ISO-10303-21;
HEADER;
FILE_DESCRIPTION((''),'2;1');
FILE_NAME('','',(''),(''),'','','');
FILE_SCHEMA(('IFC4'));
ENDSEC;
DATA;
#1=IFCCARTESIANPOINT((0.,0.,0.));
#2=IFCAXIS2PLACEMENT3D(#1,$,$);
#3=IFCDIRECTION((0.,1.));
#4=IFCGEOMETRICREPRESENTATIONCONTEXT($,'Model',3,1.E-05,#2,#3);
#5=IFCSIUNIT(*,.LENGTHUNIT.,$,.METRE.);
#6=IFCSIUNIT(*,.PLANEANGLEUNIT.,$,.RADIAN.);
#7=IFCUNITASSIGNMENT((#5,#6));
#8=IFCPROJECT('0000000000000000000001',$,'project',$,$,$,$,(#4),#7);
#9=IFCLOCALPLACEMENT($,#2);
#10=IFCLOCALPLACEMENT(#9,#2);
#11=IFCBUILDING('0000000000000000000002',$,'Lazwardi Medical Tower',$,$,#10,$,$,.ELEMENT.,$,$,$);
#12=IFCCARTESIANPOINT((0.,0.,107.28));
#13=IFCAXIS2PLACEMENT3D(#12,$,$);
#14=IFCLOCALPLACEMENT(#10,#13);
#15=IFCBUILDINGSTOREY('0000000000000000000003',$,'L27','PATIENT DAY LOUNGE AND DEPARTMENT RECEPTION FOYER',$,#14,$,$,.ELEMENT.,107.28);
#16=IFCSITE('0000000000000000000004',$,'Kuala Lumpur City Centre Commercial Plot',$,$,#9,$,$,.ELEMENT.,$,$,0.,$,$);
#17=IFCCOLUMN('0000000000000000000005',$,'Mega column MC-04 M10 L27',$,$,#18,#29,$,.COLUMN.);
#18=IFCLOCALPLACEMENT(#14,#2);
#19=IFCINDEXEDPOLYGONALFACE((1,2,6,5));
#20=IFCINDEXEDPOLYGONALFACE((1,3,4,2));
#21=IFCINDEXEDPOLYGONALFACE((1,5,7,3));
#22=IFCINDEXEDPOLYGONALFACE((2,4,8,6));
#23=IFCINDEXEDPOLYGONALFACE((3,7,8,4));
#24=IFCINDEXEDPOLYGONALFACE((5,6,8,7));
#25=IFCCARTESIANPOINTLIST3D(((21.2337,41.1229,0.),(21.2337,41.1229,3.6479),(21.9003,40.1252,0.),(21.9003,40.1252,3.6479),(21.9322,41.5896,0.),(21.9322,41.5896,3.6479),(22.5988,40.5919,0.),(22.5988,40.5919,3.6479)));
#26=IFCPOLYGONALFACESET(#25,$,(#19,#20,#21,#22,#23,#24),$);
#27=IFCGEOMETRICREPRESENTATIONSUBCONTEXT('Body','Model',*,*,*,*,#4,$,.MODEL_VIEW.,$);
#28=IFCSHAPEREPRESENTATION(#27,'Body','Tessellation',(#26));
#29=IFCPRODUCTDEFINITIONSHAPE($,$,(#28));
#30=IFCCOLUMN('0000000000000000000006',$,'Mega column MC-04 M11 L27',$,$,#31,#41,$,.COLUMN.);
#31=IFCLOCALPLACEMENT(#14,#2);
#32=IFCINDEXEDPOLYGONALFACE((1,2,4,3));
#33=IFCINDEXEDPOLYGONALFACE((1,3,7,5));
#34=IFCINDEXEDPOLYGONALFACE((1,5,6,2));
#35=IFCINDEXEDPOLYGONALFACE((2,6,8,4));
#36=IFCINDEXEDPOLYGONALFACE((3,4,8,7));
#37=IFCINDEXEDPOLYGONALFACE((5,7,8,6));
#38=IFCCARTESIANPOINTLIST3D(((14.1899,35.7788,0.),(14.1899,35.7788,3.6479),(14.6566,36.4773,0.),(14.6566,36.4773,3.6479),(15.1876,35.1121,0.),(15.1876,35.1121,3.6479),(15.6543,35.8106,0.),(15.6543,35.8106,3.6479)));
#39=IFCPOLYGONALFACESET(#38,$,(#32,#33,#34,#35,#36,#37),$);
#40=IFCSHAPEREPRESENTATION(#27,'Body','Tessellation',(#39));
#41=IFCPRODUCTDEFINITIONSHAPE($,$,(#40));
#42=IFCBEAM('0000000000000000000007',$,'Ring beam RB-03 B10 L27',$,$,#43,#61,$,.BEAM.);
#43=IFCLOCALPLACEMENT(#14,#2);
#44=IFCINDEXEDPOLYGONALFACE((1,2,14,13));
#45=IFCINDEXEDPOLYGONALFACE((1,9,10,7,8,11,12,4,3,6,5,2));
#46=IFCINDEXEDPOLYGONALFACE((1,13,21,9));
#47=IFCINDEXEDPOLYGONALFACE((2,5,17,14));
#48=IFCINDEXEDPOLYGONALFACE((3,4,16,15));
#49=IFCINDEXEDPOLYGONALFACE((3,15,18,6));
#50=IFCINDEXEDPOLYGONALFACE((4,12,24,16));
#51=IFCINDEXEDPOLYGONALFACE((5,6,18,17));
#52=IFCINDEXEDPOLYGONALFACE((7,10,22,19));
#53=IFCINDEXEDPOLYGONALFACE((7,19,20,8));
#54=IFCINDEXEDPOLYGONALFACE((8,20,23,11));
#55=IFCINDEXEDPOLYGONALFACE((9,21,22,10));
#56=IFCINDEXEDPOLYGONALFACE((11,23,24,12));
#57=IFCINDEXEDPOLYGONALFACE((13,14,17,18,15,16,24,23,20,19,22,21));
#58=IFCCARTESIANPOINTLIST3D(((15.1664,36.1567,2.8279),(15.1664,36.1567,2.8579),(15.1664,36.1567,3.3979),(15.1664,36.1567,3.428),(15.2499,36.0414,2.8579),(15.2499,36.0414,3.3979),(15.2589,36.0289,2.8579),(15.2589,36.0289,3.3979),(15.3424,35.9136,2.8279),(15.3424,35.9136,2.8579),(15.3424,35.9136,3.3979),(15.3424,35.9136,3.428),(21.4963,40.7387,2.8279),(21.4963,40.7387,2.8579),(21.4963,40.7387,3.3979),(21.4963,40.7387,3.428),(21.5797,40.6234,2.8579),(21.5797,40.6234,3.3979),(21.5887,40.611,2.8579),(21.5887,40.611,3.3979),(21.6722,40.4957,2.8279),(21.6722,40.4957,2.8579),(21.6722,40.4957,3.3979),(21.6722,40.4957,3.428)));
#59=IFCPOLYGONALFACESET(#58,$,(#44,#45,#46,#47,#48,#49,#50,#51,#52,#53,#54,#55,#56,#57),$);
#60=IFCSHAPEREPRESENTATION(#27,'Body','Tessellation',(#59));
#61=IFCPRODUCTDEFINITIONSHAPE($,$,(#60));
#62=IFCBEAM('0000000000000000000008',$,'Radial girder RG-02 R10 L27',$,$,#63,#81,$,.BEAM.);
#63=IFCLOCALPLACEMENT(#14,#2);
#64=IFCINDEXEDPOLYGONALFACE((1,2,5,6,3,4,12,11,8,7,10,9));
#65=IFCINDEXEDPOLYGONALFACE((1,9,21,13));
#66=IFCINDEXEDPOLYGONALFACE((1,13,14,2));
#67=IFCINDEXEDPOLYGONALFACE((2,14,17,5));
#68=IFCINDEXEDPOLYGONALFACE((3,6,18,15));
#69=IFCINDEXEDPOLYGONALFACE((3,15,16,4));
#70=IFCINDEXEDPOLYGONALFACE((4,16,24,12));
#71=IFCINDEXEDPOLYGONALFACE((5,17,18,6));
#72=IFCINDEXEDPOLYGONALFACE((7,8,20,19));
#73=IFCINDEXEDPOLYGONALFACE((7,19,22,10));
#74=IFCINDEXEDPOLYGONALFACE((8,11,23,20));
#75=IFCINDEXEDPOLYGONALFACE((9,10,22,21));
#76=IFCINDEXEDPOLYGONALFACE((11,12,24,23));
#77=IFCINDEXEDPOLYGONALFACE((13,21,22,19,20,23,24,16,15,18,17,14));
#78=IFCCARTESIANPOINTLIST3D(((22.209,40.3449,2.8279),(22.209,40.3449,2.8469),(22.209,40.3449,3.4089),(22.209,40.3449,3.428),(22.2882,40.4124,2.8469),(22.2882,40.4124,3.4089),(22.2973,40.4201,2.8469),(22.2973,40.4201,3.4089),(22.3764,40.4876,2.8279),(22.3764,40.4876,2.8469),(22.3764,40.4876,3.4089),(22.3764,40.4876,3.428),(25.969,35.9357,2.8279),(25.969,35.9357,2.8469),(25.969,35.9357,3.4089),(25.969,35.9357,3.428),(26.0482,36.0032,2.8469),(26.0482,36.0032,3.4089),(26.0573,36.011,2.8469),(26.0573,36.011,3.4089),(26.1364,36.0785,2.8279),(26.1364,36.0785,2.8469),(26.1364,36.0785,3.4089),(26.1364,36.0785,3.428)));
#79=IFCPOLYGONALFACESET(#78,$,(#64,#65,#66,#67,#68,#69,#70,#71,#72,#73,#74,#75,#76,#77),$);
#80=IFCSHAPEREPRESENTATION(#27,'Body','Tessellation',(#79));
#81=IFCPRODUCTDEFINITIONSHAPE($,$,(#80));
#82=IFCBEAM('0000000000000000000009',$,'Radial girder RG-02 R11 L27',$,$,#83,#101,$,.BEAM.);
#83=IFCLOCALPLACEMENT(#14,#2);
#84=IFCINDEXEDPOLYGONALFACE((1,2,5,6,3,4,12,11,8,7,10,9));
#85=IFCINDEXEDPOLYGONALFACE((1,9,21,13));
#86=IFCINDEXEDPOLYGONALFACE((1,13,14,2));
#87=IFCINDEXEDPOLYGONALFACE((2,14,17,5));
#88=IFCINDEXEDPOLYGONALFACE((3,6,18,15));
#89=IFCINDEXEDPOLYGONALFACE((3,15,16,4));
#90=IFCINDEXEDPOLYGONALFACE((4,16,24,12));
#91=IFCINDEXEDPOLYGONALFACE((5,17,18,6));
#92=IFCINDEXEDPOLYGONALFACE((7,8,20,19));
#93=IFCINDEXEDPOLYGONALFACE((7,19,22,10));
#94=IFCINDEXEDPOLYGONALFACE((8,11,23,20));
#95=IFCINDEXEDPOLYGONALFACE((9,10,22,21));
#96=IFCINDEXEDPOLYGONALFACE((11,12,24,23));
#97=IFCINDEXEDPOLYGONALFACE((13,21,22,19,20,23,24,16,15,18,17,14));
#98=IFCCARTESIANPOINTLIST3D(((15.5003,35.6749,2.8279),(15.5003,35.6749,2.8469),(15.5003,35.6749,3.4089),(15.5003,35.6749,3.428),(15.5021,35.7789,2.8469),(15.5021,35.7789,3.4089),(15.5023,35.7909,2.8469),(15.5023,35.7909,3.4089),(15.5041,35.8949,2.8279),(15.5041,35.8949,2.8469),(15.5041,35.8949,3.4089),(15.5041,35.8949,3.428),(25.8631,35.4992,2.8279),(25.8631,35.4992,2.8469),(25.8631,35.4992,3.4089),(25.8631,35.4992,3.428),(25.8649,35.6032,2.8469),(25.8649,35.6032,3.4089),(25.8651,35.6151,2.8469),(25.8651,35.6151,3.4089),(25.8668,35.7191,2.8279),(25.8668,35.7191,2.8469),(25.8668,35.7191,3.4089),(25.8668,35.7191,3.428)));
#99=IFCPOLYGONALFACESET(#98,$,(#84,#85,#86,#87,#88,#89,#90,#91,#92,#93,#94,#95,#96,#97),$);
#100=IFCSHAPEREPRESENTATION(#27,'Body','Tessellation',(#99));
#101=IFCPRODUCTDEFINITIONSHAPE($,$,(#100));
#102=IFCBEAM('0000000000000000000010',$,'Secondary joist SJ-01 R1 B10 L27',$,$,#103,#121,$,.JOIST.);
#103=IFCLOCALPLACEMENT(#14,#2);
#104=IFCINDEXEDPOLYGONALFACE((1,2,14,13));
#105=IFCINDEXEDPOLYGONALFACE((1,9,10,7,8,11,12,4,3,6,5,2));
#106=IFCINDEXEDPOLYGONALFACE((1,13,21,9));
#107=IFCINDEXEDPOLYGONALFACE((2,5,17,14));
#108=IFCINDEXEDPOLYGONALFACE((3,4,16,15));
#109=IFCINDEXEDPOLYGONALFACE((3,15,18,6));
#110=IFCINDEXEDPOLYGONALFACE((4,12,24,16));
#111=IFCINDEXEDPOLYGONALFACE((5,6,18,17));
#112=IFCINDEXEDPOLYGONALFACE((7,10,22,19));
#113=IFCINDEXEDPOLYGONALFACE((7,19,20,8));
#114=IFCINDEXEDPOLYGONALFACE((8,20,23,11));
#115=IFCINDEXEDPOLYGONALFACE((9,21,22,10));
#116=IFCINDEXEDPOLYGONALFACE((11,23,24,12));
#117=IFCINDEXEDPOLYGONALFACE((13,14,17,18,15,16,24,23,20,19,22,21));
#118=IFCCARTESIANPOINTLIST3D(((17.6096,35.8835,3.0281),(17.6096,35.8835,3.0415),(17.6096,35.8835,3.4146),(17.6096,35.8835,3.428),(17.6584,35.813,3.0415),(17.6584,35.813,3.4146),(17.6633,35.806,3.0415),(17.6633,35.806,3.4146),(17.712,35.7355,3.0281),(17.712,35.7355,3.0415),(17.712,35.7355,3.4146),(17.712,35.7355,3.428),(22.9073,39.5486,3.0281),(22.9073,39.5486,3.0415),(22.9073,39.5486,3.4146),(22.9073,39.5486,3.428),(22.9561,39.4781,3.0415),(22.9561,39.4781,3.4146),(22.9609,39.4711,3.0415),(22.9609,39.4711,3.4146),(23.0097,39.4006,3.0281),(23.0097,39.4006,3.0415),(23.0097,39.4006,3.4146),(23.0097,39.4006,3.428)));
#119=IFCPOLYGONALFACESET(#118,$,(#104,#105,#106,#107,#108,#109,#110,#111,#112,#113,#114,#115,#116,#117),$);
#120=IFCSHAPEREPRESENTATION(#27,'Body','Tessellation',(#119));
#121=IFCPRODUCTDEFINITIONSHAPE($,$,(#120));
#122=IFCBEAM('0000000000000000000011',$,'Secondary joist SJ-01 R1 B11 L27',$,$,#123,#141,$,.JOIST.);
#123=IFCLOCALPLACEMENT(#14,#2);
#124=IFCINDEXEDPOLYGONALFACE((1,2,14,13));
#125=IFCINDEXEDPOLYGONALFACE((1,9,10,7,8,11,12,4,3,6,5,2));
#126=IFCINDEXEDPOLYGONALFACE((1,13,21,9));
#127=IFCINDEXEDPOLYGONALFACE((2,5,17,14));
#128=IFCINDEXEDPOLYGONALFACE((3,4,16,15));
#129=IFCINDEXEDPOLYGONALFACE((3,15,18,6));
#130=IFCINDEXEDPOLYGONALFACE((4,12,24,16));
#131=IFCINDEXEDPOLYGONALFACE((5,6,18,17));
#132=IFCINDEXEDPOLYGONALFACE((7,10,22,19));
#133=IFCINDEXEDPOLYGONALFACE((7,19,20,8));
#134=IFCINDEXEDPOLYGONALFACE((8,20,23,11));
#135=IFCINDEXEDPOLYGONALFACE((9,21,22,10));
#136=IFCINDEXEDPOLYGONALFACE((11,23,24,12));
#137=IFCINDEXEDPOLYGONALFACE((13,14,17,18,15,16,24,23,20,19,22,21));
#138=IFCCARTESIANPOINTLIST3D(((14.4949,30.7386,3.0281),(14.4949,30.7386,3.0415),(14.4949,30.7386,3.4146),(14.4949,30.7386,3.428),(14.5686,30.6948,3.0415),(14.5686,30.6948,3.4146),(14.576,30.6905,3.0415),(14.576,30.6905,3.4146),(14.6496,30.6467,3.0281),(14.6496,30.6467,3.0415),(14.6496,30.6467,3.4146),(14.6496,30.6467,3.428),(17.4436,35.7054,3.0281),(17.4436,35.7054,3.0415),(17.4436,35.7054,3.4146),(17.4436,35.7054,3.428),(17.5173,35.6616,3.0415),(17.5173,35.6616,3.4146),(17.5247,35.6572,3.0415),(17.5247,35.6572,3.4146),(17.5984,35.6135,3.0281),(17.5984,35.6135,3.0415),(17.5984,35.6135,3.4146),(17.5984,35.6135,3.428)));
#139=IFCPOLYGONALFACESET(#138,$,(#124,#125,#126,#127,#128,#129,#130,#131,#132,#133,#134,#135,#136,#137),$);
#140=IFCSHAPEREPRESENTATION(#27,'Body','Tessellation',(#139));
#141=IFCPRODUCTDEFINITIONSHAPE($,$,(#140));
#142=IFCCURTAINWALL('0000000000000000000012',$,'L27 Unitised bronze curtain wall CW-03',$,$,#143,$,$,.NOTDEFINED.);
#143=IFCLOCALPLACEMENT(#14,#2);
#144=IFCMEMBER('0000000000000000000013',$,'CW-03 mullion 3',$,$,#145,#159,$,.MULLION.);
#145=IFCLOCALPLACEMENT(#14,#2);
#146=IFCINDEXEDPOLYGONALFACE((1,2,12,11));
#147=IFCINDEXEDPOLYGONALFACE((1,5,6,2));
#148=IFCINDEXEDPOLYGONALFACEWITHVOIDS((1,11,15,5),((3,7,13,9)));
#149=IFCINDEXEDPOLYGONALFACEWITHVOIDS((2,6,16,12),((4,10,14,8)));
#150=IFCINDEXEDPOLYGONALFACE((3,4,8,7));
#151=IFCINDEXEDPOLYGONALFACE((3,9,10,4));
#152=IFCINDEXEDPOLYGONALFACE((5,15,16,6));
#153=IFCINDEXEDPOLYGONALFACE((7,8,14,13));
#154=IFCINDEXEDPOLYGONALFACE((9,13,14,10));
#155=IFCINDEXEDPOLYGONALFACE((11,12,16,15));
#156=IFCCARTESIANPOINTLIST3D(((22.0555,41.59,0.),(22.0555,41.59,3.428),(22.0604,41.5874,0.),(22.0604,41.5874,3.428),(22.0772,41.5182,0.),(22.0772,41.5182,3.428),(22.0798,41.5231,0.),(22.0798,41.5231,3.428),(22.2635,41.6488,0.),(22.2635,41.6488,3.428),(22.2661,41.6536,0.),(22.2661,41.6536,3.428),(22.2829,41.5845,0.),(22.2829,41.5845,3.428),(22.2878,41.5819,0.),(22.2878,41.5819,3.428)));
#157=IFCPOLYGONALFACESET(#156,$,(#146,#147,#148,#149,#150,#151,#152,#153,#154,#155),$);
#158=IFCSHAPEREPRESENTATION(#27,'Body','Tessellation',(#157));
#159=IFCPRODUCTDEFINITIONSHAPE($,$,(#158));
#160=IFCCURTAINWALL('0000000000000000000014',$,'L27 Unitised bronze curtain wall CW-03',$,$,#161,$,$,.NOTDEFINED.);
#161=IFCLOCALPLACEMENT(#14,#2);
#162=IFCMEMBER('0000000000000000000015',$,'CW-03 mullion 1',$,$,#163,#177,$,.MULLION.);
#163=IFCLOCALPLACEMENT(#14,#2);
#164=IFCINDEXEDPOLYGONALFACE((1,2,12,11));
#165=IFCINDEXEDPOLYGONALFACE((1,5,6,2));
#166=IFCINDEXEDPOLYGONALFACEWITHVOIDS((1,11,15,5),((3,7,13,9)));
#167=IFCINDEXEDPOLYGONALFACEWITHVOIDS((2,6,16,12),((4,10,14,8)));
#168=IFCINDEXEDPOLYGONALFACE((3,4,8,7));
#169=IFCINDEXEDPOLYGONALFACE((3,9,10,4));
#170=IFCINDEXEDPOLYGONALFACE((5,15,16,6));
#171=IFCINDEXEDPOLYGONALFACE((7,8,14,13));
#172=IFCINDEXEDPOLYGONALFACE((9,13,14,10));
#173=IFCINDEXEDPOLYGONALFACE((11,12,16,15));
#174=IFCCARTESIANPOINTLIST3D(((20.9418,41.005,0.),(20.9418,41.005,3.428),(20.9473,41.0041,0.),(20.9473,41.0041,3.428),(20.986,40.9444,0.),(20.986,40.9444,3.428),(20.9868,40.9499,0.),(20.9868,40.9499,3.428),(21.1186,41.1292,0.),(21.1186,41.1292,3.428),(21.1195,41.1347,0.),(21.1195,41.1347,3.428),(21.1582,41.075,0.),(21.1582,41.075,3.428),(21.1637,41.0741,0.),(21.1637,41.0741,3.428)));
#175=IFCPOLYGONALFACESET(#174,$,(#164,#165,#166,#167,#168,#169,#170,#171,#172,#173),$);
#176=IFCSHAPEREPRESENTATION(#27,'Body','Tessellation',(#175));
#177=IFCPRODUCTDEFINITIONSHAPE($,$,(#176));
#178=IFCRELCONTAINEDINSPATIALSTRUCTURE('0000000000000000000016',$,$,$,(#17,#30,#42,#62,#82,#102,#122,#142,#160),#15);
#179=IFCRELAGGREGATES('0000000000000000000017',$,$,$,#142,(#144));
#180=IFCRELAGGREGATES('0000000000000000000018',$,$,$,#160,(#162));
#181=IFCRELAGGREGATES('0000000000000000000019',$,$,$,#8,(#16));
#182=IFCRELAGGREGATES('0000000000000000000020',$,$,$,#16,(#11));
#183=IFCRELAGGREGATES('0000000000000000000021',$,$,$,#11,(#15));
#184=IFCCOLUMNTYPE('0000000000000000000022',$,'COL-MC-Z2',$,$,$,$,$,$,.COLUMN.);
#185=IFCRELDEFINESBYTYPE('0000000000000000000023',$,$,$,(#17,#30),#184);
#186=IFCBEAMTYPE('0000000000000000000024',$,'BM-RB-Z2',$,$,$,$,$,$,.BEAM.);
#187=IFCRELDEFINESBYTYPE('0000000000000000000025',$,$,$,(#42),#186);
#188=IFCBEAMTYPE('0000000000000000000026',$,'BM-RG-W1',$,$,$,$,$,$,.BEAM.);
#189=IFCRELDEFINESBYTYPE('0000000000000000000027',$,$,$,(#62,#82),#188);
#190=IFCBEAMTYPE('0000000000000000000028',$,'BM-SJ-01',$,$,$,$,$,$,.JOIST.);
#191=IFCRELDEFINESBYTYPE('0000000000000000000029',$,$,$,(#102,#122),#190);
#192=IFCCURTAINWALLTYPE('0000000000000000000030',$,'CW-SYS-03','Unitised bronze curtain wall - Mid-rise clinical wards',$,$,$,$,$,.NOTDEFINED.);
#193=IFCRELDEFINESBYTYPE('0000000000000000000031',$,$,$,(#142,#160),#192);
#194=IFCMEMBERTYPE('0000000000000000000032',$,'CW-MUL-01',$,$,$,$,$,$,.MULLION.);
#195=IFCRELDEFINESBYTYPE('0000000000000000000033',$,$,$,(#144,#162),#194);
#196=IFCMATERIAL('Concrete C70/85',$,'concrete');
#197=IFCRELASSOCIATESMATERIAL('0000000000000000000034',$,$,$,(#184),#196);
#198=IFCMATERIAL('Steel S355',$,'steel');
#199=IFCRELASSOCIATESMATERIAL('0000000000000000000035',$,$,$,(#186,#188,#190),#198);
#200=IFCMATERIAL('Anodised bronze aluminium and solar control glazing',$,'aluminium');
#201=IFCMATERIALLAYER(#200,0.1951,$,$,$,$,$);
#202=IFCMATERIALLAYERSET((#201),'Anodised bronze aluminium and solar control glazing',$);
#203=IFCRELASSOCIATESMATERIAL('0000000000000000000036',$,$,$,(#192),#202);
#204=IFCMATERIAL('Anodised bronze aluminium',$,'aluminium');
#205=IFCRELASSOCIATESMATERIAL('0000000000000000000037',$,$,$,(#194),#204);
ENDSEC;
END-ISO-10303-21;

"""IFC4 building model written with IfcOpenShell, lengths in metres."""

from ifc_helpers import new_model, si_unit, direction, frame, origin, origin_2d, place, context, subcontext, project, spatial, rectangle, hollow_rectangle, i_section, extrude, material, layer, layer_set, material_profile, profile_set, type_object, element, aggregate, save


model = new_model("IFC4")

# Units and contexts
model_context = context("Model", 3, precision=1e-05, world=origin(), true_north=direction((0.0, 1.0)))
body_context = subcontext(model_context, "Body", "Model", "MODEL_VIEW")
ifc_project = project(units=[si_unit("LENGTHUNIT", "METRE"), si_unit("PLANEANGLEUNIT", "RADIAN")], contexts=[model_context])

# Site, building, storey
site_placement = place(None, origin())
site = spatial("IfcSite", under=ifc_project, at=site_placement, Name="Kuala Lumpur City Centre Commercial Plot", CompositionType="ELEMENT", RefElevation=0.0)
building_placement = place(site_placement, origin())
building = spatial("IfcBuilding", under=site, at=building_placement, Name="Lazwardi Medical Tower", CompositionType="ELEMENT")
storey_placement = place(building_placement, frame((0.0, 0.0, 107.28)))
storey = spatial("IfcBuildingStorey", under=building, at=storey_placement, Name="L27", Description="PATIENT DAY LOUNGE AND DEPARTMENT RECEPTION FOYER", CompositionType="ELEMENT", Elevation=107.28)

# Columns
ifc_material_1 = material(Name="Concrete C70/85", Category="concrete")
ifc_material_profile_1 = material_profile(ifc_material_1, rectangle(XDim=1.2, YDim=0.8401, at=origin_2d()), Name="CFT-RECT 1200x840")
ifc_profile_set_1 = profile_set([ifc_material_profile_1], Name="Concrete C70/85")
column_type = type_object("IfcColumnType", Name="COL-MC-Z2", PredefinedType="COLUMN", material=ifc_profile_set_1)
for number, where, z_axis, x_axis, name in (
    (1, (21.9163, 40.8574, 0.0), (0.0, 0.0, 1.0), (-0.55557, 0.83147, 0.0), "Mega column MC-04 M10 L27"),
    (2, (14.9221, 35.7947, 0.0), (0.0, 0.0, 1.0), (-0.83147, 0.55557, 0.0), "Mega column MC-04 M11 L27"),
):
    element("IfcColumn", number, at=place(storey_placement, frame(where, z_axis=z_axis, x_axis=x_axis)), inside=storey, type_object=column_type, Name=name, PredefinedType="COLUMN", context=body_context, shape_type="SweptSolid", body=[
        extrude(rectangle(XDim=1.2, YDim=0.8401, at=origin_2d()), origin(), (0.0, 0.0, 1.0), 3.6479),
    ])

# Beams
ifc_material_2 = material(Name="Steel S355", Category="steel")
ifc_material_profile_2 = material_profile(ifc_material_2, i_section(OverallWidth=0.3, OverallDepth=0.6001, WebThickness=0.0154, FlangeThickness=0.03, at=origin_2d()), Name="HEB 600")
ifc_profile_set_2 = profile_set([ifc_material_profile_2], Name="Steel S355")
beam_type_1 = type_object("IfcBeamType", Name="BM-RB-Z2", PredefinedType="BEAM", material=ifc_profile_set_2)
beam_1_placement = place(storey_placement, frame((21.5842, 40.6172, 3.1279), z_axis=(-0.810042, -0.586372, 0.0), x_axis=(0.586372, -0.810042, 0.0)))
element("IfcBeam", 3, at=beam_1_placement, inside=storey, type_object=beam_type_1, Name="Ring beam RB-03 B10 L27", PredefinedType="BEAM", context=body_context, shape_type="SweptSolid", body=[
    extrude(i_section(OverallWidth=0.3, OverallDepth=0.6001, WebThickness=0.0154, FlangeThickness=0.03, at=origin_2d()), origin(), (0.0, 0.0, 1.0), 7.8142),
])
ifc_material_profile_3 = material_profile(ifc_material_2, i_section(OverallWidth=0.22, OverallDepth=0.6001, WebThickness=0.012, FlangeThickness=0.019, at=origin_2d()), Name="IPE 600")
ifc_profile_set_3 = profile_set([ifc_material_profile_3], Name="Steel S355")
beam_type_2 = type_object("IfcBeamType", Name="BM-RG-W1", PredefinedType="BEAM", material=ifc_profile_set_3)
beam_2_placement = place(storey_placement, frame((22.2927, 40.4163, 3.1279), z_axis=(0.648871, -0.760899, 0.0), x_axis=(0.760899, 0.648871, 0.0)))
element("IfcBeam", 4, at=beam_2_placement, inside=storey, type_object=beam_type_2, Name="Radial girder RG-02 R10 L27", PredefinedType="BEAM", context=body_context, shape_type="SweptSolid", body=[
    extrude(i_section(OverallWidth=0.22, OverallDepth=0.6001, WebThickness=0.012, FlangeThickness=0.019, at=origin_2d()), origin(), (0.0, 0.0, 1.0), 5.7947),
])
beam_3_placement = place(storey_placement, frame((15.5022, 35.7849, 3.1279), z_axis=(0.999856, -0.01696, 0.0), x_axis=(0.01696, 0.999856, 0.0)))
element("IfcBeam", 5, at=beam_3_placement, inside=storey, type_object=beam_type_2, Name="Radial girder RG-02 R11 L27", PredefinedType="BEAM", context=body_context, shape_type="SweptSolid", body=[
    extrude(i_section(OverallWidth=0.22, OverallDepth=0.6001, WebThickness=0.012, FlangeThickness=0.019, at=origin_2d()), origin(), (0.0, 0.0, 1.0), 10.3643),
])
ifc_material_profile_4 = material_profile(ifc_material_2, i_section(OverallWidth=0.1799, OverallDepth=0.3999, WebThickness=0.0085, FlangeThickness=0.0134, at=origin_2d()), Name="IPE 400")
ifc_profile_set_4 = profile_set([ifc_material_profile_4], Name="Steel S355")
beam_type_3 = type_object("IfcBeamType", Name="BM-SJ-01", PredefinedType="JOIST", material=ifc_profile_set_4)
beam_4_placement = place(storey_placement, frame((22.9585, 39.4746, 3.228), z_axis=(-0.822376, -0.568944, 0.0), x_axis=(0.568944, -0.822376, 0.0)))
element("IfcBeam", 6, at=beam_4_placement, inside=storey, type_object=beam_type_3, Name="Secondary joist SJ-01 R1 B10 L27", PredefinedType="JOIST", context=body_context, shape_type="SweptSolid", body=[
    extrude(i_section(OverallWidth=0.1799, OverallDepth=0.3999, WebThickness=0.0085, FlangeThickness=0.0134, at=origin_2d()), origin(), (0.0, 0.0, 1.0), 6.4419),
])
beam_5_placement = place(storey_placement, frame((17.521, 35.6594, 3.228), z_axis=(-0.5105, -0.859878, 0.0), x_axis=(0.859878, -0.5105, 0.0)))
element("IfcBeam", 7, at=beam_5_placement, inside=storey, type_object=beam_type_3, Name="Secondary joist SJ-01 R1 B11 L27", PredefinedType="JOIST", context=body_context, shape_type="SweptSolid", body=[
    extrude(i_section(OverallWidth=0.1799, OverallDepth=0.3999, WebThickness=0.0085, FlangeThickness=0.0134, at=origin_2d()), origin(), (0.0, 0.0, 1.0), 5.7761),
])

# Curtain wall, member
ifc_material_3 = material(Name="Anodised bronze aluminium and solar control glazing", Category="aluminium")
ifc_layer_1 = layer(ifc_material_3, 0.1951)
ifc_layer_set_1 = layer_set([ifc_layer_1], Name="Anodised bronze aluminium and solar control glazing")
curtain_wall_type = type_object("IfcCurtainWallType", Name="CW-SYS-03", Description="Unitised bronze curtain wall - Mid-rise clinical wards", PredefinedType="NOTDEFINED", material=ifc_layer_set_1)
curtain_wall_1_placement = place(storey_placement, origin())
curtain_wall_1 = element("IfcCurtainWall", 8, at=curtain_wall_1_placement, inside=storey, type_object=curtain_wall_type, Name="L27 Unitised bronze curtain wall CW-03", PredefinedType="NOTDEFINED")
ifc_material_4 = material(Name="Anodised bronze aluminium", Category="aluminium")
ifc_material_profile_5 = material_profile(ifc_material_4, hollow_rectangle(XDim=0.075, YDim=0.22, WallThickness=0.0039, at=origin_2d()), Name="ALU-MULLION 220x75x4")
ifc_profile_set_5 = profile_set([ifc_material_profile_5], Name="Anodised bronze aluminium")
member_type_1 = type_object("IfcMemberType", Name="CW-MUL-01", PredefinedType="MULLION", material=ifc_profile_set_5)
member_1_placement = place(storey_placement, frame((22.1716, 41.5859, 0.0), z_axis=(0.0, 0.0, 1.0), x_axis=(0.289374, -0.957216, 0.0)))
member_1 = element("IfcMember", 9, at=member_1_placement, type_object=member_type_1, Name="CW-03 mullion 3", PredefinedType="MULLION", context=body_context, shape_type="SweptSolid", body=[
    extrude(hollow_rectangle(XDim=0.075, YDim=0.22, WallThickness=0.0039, at=origin_2d()), origin(), (0.0, 0.0, 1.0), 3.428),
])
aggregate(curtain_wall_1, [member_1])

# Curtain wall, member
curtain_wall_2_placement = place(storey_placement, origin())
curtain_wall_2 = element("IfcCurtainWall", 10, at=curtain_wall_2_placement, inside=storey, type_object=curtain_wall_type, Name="L27 Unitised bronze curtain wall CW-03", PredefinedType="NOTDEFINED")
member_2_placement = place(storey_placement, frame((21.0527, 41.0396, 0.0), z_axis=(0.0, 0.0, 1.0), x_axis=(0.589531, -0.807746, 0.0)))
member_2 = element("IfcMember", 11, at=member_2_placement, type_object=member_type_1, Name="CW-03 mullion 1", PredefinedType="MULLION", context=body_context, shape_type="SweptSolid", body=[
    extrude(hollow_rectangle(XDim=0.075, YDim=0.22, WallThickness=0.0039, at=origin_2d()), origin(), (0.0, 0.0, 1.0), 3.428),
])

aggregate(curtain_wall_2, [member_2])

save(model, "model.ifc")
